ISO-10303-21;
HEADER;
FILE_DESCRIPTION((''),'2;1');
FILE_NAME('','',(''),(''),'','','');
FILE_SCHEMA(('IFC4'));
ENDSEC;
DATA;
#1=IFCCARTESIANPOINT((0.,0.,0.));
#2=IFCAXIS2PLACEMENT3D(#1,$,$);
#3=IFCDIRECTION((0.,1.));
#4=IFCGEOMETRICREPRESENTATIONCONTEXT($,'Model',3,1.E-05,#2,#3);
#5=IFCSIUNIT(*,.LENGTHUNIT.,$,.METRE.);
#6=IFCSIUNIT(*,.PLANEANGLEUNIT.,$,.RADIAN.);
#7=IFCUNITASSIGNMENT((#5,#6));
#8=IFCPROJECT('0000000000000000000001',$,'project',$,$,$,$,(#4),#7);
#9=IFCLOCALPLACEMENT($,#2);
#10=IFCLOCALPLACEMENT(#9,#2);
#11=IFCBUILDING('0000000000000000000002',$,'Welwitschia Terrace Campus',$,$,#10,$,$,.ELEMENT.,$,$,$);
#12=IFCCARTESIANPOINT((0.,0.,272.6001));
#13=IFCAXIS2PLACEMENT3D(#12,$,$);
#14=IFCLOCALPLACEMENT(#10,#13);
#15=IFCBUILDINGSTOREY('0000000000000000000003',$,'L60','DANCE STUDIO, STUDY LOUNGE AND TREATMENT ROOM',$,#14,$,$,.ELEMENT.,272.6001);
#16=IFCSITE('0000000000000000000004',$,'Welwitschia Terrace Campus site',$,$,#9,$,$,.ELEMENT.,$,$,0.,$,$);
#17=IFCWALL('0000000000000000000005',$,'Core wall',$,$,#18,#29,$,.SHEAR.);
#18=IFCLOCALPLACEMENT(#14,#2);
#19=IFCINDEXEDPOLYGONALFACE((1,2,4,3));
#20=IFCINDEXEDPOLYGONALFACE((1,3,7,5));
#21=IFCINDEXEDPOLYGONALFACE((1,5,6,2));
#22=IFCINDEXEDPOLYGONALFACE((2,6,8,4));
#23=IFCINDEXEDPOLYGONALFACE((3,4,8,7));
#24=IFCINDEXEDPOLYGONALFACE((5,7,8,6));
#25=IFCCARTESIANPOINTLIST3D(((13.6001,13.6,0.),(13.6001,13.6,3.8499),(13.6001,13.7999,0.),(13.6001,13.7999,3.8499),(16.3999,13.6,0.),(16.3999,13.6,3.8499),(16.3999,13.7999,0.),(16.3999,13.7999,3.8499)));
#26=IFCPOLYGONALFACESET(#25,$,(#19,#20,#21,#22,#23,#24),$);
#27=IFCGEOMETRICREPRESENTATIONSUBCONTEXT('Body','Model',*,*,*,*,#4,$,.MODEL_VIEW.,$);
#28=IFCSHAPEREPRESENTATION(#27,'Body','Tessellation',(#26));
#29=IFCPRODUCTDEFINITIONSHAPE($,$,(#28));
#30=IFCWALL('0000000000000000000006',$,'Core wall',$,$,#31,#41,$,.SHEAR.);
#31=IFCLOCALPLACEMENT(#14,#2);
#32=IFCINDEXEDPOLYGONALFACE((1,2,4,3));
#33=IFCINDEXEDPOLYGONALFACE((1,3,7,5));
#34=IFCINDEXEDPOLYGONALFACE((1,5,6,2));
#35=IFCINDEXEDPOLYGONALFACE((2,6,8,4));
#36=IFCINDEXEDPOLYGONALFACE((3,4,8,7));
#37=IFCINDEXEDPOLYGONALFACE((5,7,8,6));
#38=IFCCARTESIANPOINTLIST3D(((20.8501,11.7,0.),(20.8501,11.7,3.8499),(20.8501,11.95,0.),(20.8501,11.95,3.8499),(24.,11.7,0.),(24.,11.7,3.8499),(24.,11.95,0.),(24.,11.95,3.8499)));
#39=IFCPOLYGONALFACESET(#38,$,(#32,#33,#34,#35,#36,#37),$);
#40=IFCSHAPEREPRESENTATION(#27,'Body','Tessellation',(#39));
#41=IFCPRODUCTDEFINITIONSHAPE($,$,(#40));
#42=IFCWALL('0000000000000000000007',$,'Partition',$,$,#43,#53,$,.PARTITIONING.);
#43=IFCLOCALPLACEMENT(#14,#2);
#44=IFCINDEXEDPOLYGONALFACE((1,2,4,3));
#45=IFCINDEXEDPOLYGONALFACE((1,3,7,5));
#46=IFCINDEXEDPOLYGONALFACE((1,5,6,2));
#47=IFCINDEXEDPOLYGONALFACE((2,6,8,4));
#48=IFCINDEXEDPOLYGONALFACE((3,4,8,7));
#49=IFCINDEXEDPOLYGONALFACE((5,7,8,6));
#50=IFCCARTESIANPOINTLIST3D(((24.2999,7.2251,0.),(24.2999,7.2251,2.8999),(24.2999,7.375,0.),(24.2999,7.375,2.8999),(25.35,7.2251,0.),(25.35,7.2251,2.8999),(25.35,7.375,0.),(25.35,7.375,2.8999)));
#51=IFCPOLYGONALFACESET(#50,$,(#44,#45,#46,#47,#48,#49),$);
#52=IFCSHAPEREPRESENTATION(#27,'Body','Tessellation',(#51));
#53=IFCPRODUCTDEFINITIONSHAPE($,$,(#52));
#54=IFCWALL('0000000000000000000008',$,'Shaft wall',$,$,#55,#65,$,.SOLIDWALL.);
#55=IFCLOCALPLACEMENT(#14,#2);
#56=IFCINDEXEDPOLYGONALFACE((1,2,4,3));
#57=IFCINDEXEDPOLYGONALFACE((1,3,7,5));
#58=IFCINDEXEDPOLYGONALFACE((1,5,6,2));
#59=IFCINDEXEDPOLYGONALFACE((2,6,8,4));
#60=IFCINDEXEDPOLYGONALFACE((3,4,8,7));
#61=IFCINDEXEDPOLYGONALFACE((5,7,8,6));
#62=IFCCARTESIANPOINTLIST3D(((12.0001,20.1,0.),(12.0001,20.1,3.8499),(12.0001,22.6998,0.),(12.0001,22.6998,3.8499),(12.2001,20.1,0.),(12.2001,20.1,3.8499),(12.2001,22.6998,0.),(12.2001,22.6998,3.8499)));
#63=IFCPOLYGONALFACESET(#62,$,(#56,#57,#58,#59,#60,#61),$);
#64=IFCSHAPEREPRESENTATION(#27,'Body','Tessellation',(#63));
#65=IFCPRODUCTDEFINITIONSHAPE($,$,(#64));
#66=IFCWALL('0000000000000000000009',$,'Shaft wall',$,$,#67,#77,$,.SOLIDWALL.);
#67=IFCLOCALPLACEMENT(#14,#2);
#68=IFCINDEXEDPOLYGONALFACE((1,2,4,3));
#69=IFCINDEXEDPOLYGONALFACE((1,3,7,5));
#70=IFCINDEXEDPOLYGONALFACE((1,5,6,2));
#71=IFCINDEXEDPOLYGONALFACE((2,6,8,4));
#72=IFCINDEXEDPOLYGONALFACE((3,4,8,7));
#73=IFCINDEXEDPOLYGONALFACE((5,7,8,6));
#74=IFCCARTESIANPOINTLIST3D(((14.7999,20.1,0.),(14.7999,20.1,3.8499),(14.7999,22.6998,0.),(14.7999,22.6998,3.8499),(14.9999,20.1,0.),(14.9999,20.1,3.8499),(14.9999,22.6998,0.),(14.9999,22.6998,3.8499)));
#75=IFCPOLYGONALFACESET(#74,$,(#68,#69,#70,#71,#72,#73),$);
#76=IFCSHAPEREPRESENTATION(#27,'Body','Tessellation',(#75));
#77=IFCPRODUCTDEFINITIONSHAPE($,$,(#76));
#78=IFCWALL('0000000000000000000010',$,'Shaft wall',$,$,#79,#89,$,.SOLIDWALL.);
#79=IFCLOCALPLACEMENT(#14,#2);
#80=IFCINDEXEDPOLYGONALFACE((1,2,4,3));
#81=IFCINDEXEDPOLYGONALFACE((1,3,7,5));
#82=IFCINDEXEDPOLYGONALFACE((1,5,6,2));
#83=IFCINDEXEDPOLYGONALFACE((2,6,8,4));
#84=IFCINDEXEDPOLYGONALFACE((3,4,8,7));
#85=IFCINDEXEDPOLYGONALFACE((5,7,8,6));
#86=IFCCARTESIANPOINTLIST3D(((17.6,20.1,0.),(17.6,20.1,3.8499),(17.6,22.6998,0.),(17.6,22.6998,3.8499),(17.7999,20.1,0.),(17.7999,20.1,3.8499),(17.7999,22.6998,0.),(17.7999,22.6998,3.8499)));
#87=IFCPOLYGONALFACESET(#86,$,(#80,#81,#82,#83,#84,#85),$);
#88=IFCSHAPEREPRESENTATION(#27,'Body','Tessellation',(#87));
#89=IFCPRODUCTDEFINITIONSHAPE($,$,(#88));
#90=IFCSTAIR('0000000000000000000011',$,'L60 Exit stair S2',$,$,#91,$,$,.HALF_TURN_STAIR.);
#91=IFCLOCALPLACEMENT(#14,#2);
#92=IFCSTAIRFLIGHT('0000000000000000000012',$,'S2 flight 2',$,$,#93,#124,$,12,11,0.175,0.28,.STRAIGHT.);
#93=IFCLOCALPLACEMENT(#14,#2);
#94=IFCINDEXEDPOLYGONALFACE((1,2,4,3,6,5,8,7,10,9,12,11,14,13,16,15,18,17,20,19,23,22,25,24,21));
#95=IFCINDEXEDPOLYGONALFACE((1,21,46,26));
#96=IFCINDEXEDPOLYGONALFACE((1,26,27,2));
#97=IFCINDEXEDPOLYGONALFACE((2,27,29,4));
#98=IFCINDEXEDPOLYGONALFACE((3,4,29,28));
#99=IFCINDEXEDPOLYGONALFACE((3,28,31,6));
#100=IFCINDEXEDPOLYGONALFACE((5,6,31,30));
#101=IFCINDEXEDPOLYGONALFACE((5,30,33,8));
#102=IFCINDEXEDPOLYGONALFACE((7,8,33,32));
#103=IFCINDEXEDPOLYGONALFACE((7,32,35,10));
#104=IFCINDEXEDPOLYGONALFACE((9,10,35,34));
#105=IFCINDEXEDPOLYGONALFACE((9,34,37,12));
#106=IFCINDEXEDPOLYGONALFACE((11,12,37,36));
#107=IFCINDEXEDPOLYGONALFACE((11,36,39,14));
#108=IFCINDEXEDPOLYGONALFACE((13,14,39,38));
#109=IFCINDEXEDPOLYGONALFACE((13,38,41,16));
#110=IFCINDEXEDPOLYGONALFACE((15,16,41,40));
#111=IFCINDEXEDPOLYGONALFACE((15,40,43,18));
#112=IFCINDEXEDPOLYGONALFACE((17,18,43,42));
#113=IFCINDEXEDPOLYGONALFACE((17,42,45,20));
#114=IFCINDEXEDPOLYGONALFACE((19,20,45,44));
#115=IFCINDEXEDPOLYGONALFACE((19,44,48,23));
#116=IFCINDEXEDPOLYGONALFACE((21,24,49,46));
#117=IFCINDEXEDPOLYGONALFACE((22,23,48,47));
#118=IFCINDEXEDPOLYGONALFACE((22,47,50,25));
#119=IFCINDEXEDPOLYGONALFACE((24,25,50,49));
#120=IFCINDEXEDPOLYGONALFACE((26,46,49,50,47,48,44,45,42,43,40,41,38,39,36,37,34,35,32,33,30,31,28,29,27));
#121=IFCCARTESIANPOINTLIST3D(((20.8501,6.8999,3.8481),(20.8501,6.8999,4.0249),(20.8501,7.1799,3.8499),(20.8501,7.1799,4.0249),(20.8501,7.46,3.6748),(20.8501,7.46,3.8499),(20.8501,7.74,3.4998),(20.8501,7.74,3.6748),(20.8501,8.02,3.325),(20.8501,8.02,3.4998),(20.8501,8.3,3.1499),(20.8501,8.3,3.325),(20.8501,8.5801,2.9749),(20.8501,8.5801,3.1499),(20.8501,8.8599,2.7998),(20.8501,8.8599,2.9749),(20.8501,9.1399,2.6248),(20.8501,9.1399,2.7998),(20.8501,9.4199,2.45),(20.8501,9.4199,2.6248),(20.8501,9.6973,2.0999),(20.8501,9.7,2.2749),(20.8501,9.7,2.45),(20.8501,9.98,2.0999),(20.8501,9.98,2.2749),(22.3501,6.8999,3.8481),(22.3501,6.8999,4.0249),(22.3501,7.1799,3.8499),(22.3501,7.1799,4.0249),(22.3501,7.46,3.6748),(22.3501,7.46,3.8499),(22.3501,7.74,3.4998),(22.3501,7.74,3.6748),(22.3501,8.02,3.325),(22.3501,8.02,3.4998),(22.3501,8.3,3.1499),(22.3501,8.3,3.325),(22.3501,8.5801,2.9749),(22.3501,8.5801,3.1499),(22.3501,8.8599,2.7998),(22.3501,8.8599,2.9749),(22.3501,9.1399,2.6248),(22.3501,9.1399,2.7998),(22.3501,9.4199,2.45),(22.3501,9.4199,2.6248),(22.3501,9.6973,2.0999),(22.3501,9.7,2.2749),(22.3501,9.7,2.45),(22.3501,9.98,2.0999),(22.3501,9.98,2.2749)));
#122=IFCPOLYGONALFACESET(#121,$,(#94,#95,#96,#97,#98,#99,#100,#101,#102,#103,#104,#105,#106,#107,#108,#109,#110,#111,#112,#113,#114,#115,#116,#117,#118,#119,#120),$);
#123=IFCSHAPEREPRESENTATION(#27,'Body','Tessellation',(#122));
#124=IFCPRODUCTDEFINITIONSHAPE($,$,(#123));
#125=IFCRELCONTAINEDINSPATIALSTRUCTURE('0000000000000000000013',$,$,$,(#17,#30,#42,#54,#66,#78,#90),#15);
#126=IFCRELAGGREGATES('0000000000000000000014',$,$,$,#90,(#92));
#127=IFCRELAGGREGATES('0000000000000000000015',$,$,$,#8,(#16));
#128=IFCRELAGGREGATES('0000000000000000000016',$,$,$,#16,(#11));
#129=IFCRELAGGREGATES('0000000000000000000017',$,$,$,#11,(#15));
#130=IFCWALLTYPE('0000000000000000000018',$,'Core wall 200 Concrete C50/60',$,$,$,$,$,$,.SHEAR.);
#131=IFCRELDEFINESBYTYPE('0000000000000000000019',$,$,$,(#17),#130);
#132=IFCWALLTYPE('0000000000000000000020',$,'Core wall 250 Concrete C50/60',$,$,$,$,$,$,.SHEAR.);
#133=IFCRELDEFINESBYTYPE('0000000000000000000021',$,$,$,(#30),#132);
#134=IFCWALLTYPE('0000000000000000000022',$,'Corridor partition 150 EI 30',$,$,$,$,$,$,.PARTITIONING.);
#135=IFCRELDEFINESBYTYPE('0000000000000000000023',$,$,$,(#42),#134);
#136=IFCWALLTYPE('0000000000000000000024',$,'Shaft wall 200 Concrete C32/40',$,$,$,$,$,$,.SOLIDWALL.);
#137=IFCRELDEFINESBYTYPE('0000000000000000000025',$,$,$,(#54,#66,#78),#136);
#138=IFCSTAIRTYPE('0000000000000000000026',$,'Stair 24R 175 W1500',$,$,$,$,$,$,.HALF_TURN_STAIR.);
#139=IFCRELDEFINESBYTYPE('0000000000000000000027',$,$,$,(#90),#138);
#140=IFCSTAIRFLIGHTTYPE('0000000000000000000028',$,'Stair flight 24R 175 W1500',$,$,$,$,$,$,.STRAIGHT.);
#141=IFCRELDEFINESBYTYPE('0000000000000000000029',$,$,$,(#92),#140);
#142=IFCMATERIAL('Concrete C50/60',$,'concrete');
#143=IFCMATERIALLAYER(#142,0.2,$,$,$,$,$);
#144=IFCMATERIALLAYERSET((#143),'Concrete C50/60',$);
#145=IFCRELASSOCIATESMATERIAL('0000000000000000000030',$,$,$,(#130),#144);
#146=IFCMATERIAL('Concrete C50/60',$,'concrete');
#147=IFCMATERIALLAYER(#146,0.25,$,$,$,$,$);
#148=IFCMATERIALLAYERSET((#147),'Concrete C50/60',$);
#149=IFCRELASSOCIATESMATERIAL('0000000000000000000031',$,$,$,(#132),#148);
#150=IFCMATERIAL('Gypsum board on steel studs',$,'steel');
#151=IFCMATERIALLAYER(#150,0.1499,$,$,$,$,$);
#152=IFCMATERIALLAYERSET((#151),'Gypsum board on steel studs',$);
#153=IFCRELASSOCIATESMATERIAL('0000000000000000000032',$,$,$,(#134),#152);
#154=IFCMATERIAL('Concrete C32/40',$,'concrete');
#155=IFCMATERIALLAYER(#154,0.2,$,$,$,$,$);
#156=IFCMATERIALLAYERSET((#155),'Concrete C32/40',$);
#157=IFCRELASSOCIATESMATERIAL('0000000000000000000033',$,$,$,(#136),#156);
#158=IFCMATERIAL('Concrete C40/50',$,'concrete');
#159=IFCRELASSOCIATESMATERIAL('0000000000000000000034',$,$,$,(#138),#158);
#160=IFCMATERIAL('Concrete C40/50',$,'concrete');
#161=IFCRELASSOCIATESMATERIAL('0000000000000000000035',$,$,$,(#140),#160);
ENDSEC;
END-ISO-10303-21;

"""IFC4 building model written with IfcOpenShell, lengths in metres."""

from ifc_helpers import new_model, si_unit, direction, frame, frame_2d, origin, place, context, subcontext, project, spatial, polyline, rectangle, outline, extrude, material, layer, layer_set, type_object, element, aggregate, save


model = new_model("IFC4")

# Units and contexts
model_context = context("Model", 3, precision=1e-05, world=origin(), true_north=direction((0.0, 1.0)))
body_context = subcontext(model_context, "Body", "Model", "MODEL_VIEW")
ifc_project = project(units=[si_unit("LENGTHUNIT", "METRE"), si_unit("PLANEANGLEUNIT", "RADIAN")], contexts=[model_context])

# Site, building, storey
site_placement = place(None, origin())
site = spatial("IfcSite", under=ifc_project, at=site_placement, Name="Welwitschia Terrace Campus site", CompositionType="ELEMENT", RefElevation=0.0)
building_placement = place(site_placement, origin())
building = spatial("IfcBuilding", under=site, at=building_placement, Name="Welwitschia Terrace Campus", CompositionType="ELEMENT")
storey_placement = place(building_placement, frame((0.0, 0.0, 272.6001)))
storey = spatial("IfcBuildingStorey", under=building, at=storey_placement, Name="L60", Description="DANCE STUDIO, STUDY LOUNGE AND TREATMENT ROOM", CompositionType="ELEMENT", Elevation=272.6001)

# Walls
ifc_material_1 = material(Name="Concrete C50/60", Category="concrete")
ifc_layer_1 = layer(ifc_material_1, 0.2)
ifc_layer_set_1 = layer_set([ifc_layer_1], Name="Concrete C50/60")
wall_type_1 = type_object("IfcWallType", Name="Core wall 200 Concrete C50/60", PredefinedType="SHEAR", material=ifc_layer_set_1)
for number, where, z_axis, x_axis, name in (
    (1, (13.6001, 13.7, 0.0), (0.0, 0.0, 1.0), (1.0, 0.0, 0.0), "Core wall"),
):
    element("IfcWall", number, at=place(storey_placement, frame(where, z_axis=z_axis, x_axis=x_axis)), inside=storey, type_object=wall_type_1, Name=name, PredefinedType="SHEAR", context=body_context, shape_type="SweptSolid", body=[
        extrude(rectangle(XDim=2.7998, YDim=0.2, at=frame_2d((1.3999, 0.0))), origin(), (0.0, 0.0, 1.0), 3.8499),
    ])
ifc_material_2 = material(Name="Concrete C50/60", Category="concrete")
ifc_layer_2 = layer(ifc_material_2, 0.25)
ifc_layer_set_2 = layer_set([ifc_layer_2], Name="Concrete C50/60")
wall_type_2 = type_object("IfcWallType", Name="Core wall 250 Concrete C50/60", PredefinedType="SHEAR", material=ifc_layer_set_2)
wall_1_placement = place(storey_placement, frame((20.8501, 11.825, 0.0), z_axis=(0.0, 0.0, 1.0), x_axis=(1.0, 0.0, 0.0)))
element("IfcWall", 2, at=wall_1_placement, inside=storey, type_object=wall_type_2, Name="Core wall", PredefinedType="SHEAR", context=body_context, shape_type="SweptSolid", body=[
    extrude(rectangle(XDim=3.1499, YDim=0.25, at=frame_2d((1.575, 0.0))), origin(), (0.0, 0.0, 1.0), 3.8499),
])
ifc_material_3 = material(Name="Gypsum board on steel studs", Category="steel")
ifc_layer_3 = layer(ifc_material_3, 0.1499)
ifc_layer_set_3 = layer_set([ifc_layer_3], Name="Gypsum board on steel studs")
wall_type_3 = type_object("IfcWallType", Name="Corridor partition 150 EI 30", PredefinedType="PARTITIONING", material=ifc_layer_set_3)
wall_2_placement = place(storey_placement, frame((24.3, 7.3, 0.0), z_axis=(0.0, 0.0, 1.0), x_axis=(1.0, 0.0, 0.0)))
element("IfcWall", 3, at=wall_2_placement, inside=storey, type_object=wall_type_3, Name="Partition", PredefinedType="PARTITIONING", context=body_context, shape_type="SweptSolid", body=[
    extrude(rectangle(XDim=1.05, YDim=0.1499, at=frame_2d((0.5249, 0.0))), origin(), (0.0, 0.0, 1.0), 2.8999),
])
ifc_material_4 = material(Name="Concrete C32/40", Category="concrete")
ifc_layer_4 = layer(ifc_material_4, 0.2)
ifc_layer_set_4 = layer_set([ifc_layer_4], Name="Concrete C32/40")
wall_type_4 = type_object("IfcWallType", Name="Shaft wall 200 Concrete C32/40", PredefinedType="SOLIDWALL", material=ifc_layer_set_4)
for number, where, z_axis, x_axis, name in (
    (4, (12.1001, 20.1001, 0.0), (0.0, 0.0, 1.0), (0.0, 1.0, 0.0), "Shaft wall"),
    (5, (14.8999, 20.1001, 0.0), (0.0, 0.0, 1.0), (0.0, 1.0, 0.0), "Shaft wall"),
    (6, (17.7, 20.1001, 0.0), (0.0, 0.0, 1.0), (0.0, 1.0, 0.0), "Shaft wall"),
):
    element("IfcWall", number, at=place(storey_placement, frame(where, z_axis=z_axis, x_axis=x_axis)), inside=storey, type_object=wall_type_4, Name=name, PredefinedType="SOLIDWALL", context=body_context, shape_type="SweptSolid", body=[
        extrude(rectangle(XDim=2.5999, YDim=0.2, at=frame_2d((1.2998, 0.0))), origin(), (0.0, 0.0, 1.0), 3.8499),
    ])

# Stair, stair flight
ifc_material_5 = material(Name="Concrete C40/50", Category="concrete")
stair_type = type_object("IfcStairType", Name="Stair 24R 175 W1500", PredefinedType="HALF_TURN_STAIR", material=ifc_material_5)
stair_placement = place(storey_placement, origin())
stair = element("IfcStair", 7, at=stair_placement, inside=storey, type_object=stair_type, Name="L60 Exit stair S2", PredefinedType="HALF_TURN_STAIR")
ifc_material_6 = material(Name="Concrete C40/50", Category="concrete")
stair_flight_type = type_object("IfcStairFlightType", Name="Stair flight 24R 175 W1500", PredefinedType="STRAIGHT", material=ifc_material_6)
stair_flight_placement = place(storey_placement, frame((21.6001, 9.98, 2.0999), z_axis=(0.0, 0.0, 1.0), x_axis=(0.0, -1.0, 0.0)))
stair_flight = element("IfcStairFlight", 8, at=stair_flight_placement, type_object=stair_flight_type, Name="S2 flight 2", NumberOfRisers=12, NumberOfTreads=11, PredefinedType="STRAIGHT", RiserHeight=0.175, TreadLength=0.28, context=body_context, shape_type="SweptSolid", body=[
    extrude(outline(polyline([(0.0, 0.0), (0.0, 0.175), (0.28, 0.175), (0.28, 0.3501), (0.5601, 0.3501), (0.5601, 0.5249), (0.8401, 0.5249), (0.8401, 0.7), (1.1201, 0.7), (1.1201, 0.875), (1.3999, 0.875), (1.3999, 1.05), (1.6799, 1.05), (1.6799, 1.2251), (1.96, 1.2251), (1.96, 1.3999), (2.24, 1.3999), (2.24, 1.575), (2.52, 1.575), (2.52, 1.75), (2.8, 1.75), (2.8, 1.925), (3.0801, 1.925), (3.0801, 2.1001), (3.0801, 1.7483), (0.2827, 0.0), (0.0, 0.0)])), frame((0.0, 0.75, 0.0), z_axis=(0.0, -1.0, 0.0), x_axis=(1.0, 0.0, 0.0)), (0.0, 0.0, 1.0), 1.5),
])
aggregate(stair, [stair_flight])

save(model, "model.ifc")
